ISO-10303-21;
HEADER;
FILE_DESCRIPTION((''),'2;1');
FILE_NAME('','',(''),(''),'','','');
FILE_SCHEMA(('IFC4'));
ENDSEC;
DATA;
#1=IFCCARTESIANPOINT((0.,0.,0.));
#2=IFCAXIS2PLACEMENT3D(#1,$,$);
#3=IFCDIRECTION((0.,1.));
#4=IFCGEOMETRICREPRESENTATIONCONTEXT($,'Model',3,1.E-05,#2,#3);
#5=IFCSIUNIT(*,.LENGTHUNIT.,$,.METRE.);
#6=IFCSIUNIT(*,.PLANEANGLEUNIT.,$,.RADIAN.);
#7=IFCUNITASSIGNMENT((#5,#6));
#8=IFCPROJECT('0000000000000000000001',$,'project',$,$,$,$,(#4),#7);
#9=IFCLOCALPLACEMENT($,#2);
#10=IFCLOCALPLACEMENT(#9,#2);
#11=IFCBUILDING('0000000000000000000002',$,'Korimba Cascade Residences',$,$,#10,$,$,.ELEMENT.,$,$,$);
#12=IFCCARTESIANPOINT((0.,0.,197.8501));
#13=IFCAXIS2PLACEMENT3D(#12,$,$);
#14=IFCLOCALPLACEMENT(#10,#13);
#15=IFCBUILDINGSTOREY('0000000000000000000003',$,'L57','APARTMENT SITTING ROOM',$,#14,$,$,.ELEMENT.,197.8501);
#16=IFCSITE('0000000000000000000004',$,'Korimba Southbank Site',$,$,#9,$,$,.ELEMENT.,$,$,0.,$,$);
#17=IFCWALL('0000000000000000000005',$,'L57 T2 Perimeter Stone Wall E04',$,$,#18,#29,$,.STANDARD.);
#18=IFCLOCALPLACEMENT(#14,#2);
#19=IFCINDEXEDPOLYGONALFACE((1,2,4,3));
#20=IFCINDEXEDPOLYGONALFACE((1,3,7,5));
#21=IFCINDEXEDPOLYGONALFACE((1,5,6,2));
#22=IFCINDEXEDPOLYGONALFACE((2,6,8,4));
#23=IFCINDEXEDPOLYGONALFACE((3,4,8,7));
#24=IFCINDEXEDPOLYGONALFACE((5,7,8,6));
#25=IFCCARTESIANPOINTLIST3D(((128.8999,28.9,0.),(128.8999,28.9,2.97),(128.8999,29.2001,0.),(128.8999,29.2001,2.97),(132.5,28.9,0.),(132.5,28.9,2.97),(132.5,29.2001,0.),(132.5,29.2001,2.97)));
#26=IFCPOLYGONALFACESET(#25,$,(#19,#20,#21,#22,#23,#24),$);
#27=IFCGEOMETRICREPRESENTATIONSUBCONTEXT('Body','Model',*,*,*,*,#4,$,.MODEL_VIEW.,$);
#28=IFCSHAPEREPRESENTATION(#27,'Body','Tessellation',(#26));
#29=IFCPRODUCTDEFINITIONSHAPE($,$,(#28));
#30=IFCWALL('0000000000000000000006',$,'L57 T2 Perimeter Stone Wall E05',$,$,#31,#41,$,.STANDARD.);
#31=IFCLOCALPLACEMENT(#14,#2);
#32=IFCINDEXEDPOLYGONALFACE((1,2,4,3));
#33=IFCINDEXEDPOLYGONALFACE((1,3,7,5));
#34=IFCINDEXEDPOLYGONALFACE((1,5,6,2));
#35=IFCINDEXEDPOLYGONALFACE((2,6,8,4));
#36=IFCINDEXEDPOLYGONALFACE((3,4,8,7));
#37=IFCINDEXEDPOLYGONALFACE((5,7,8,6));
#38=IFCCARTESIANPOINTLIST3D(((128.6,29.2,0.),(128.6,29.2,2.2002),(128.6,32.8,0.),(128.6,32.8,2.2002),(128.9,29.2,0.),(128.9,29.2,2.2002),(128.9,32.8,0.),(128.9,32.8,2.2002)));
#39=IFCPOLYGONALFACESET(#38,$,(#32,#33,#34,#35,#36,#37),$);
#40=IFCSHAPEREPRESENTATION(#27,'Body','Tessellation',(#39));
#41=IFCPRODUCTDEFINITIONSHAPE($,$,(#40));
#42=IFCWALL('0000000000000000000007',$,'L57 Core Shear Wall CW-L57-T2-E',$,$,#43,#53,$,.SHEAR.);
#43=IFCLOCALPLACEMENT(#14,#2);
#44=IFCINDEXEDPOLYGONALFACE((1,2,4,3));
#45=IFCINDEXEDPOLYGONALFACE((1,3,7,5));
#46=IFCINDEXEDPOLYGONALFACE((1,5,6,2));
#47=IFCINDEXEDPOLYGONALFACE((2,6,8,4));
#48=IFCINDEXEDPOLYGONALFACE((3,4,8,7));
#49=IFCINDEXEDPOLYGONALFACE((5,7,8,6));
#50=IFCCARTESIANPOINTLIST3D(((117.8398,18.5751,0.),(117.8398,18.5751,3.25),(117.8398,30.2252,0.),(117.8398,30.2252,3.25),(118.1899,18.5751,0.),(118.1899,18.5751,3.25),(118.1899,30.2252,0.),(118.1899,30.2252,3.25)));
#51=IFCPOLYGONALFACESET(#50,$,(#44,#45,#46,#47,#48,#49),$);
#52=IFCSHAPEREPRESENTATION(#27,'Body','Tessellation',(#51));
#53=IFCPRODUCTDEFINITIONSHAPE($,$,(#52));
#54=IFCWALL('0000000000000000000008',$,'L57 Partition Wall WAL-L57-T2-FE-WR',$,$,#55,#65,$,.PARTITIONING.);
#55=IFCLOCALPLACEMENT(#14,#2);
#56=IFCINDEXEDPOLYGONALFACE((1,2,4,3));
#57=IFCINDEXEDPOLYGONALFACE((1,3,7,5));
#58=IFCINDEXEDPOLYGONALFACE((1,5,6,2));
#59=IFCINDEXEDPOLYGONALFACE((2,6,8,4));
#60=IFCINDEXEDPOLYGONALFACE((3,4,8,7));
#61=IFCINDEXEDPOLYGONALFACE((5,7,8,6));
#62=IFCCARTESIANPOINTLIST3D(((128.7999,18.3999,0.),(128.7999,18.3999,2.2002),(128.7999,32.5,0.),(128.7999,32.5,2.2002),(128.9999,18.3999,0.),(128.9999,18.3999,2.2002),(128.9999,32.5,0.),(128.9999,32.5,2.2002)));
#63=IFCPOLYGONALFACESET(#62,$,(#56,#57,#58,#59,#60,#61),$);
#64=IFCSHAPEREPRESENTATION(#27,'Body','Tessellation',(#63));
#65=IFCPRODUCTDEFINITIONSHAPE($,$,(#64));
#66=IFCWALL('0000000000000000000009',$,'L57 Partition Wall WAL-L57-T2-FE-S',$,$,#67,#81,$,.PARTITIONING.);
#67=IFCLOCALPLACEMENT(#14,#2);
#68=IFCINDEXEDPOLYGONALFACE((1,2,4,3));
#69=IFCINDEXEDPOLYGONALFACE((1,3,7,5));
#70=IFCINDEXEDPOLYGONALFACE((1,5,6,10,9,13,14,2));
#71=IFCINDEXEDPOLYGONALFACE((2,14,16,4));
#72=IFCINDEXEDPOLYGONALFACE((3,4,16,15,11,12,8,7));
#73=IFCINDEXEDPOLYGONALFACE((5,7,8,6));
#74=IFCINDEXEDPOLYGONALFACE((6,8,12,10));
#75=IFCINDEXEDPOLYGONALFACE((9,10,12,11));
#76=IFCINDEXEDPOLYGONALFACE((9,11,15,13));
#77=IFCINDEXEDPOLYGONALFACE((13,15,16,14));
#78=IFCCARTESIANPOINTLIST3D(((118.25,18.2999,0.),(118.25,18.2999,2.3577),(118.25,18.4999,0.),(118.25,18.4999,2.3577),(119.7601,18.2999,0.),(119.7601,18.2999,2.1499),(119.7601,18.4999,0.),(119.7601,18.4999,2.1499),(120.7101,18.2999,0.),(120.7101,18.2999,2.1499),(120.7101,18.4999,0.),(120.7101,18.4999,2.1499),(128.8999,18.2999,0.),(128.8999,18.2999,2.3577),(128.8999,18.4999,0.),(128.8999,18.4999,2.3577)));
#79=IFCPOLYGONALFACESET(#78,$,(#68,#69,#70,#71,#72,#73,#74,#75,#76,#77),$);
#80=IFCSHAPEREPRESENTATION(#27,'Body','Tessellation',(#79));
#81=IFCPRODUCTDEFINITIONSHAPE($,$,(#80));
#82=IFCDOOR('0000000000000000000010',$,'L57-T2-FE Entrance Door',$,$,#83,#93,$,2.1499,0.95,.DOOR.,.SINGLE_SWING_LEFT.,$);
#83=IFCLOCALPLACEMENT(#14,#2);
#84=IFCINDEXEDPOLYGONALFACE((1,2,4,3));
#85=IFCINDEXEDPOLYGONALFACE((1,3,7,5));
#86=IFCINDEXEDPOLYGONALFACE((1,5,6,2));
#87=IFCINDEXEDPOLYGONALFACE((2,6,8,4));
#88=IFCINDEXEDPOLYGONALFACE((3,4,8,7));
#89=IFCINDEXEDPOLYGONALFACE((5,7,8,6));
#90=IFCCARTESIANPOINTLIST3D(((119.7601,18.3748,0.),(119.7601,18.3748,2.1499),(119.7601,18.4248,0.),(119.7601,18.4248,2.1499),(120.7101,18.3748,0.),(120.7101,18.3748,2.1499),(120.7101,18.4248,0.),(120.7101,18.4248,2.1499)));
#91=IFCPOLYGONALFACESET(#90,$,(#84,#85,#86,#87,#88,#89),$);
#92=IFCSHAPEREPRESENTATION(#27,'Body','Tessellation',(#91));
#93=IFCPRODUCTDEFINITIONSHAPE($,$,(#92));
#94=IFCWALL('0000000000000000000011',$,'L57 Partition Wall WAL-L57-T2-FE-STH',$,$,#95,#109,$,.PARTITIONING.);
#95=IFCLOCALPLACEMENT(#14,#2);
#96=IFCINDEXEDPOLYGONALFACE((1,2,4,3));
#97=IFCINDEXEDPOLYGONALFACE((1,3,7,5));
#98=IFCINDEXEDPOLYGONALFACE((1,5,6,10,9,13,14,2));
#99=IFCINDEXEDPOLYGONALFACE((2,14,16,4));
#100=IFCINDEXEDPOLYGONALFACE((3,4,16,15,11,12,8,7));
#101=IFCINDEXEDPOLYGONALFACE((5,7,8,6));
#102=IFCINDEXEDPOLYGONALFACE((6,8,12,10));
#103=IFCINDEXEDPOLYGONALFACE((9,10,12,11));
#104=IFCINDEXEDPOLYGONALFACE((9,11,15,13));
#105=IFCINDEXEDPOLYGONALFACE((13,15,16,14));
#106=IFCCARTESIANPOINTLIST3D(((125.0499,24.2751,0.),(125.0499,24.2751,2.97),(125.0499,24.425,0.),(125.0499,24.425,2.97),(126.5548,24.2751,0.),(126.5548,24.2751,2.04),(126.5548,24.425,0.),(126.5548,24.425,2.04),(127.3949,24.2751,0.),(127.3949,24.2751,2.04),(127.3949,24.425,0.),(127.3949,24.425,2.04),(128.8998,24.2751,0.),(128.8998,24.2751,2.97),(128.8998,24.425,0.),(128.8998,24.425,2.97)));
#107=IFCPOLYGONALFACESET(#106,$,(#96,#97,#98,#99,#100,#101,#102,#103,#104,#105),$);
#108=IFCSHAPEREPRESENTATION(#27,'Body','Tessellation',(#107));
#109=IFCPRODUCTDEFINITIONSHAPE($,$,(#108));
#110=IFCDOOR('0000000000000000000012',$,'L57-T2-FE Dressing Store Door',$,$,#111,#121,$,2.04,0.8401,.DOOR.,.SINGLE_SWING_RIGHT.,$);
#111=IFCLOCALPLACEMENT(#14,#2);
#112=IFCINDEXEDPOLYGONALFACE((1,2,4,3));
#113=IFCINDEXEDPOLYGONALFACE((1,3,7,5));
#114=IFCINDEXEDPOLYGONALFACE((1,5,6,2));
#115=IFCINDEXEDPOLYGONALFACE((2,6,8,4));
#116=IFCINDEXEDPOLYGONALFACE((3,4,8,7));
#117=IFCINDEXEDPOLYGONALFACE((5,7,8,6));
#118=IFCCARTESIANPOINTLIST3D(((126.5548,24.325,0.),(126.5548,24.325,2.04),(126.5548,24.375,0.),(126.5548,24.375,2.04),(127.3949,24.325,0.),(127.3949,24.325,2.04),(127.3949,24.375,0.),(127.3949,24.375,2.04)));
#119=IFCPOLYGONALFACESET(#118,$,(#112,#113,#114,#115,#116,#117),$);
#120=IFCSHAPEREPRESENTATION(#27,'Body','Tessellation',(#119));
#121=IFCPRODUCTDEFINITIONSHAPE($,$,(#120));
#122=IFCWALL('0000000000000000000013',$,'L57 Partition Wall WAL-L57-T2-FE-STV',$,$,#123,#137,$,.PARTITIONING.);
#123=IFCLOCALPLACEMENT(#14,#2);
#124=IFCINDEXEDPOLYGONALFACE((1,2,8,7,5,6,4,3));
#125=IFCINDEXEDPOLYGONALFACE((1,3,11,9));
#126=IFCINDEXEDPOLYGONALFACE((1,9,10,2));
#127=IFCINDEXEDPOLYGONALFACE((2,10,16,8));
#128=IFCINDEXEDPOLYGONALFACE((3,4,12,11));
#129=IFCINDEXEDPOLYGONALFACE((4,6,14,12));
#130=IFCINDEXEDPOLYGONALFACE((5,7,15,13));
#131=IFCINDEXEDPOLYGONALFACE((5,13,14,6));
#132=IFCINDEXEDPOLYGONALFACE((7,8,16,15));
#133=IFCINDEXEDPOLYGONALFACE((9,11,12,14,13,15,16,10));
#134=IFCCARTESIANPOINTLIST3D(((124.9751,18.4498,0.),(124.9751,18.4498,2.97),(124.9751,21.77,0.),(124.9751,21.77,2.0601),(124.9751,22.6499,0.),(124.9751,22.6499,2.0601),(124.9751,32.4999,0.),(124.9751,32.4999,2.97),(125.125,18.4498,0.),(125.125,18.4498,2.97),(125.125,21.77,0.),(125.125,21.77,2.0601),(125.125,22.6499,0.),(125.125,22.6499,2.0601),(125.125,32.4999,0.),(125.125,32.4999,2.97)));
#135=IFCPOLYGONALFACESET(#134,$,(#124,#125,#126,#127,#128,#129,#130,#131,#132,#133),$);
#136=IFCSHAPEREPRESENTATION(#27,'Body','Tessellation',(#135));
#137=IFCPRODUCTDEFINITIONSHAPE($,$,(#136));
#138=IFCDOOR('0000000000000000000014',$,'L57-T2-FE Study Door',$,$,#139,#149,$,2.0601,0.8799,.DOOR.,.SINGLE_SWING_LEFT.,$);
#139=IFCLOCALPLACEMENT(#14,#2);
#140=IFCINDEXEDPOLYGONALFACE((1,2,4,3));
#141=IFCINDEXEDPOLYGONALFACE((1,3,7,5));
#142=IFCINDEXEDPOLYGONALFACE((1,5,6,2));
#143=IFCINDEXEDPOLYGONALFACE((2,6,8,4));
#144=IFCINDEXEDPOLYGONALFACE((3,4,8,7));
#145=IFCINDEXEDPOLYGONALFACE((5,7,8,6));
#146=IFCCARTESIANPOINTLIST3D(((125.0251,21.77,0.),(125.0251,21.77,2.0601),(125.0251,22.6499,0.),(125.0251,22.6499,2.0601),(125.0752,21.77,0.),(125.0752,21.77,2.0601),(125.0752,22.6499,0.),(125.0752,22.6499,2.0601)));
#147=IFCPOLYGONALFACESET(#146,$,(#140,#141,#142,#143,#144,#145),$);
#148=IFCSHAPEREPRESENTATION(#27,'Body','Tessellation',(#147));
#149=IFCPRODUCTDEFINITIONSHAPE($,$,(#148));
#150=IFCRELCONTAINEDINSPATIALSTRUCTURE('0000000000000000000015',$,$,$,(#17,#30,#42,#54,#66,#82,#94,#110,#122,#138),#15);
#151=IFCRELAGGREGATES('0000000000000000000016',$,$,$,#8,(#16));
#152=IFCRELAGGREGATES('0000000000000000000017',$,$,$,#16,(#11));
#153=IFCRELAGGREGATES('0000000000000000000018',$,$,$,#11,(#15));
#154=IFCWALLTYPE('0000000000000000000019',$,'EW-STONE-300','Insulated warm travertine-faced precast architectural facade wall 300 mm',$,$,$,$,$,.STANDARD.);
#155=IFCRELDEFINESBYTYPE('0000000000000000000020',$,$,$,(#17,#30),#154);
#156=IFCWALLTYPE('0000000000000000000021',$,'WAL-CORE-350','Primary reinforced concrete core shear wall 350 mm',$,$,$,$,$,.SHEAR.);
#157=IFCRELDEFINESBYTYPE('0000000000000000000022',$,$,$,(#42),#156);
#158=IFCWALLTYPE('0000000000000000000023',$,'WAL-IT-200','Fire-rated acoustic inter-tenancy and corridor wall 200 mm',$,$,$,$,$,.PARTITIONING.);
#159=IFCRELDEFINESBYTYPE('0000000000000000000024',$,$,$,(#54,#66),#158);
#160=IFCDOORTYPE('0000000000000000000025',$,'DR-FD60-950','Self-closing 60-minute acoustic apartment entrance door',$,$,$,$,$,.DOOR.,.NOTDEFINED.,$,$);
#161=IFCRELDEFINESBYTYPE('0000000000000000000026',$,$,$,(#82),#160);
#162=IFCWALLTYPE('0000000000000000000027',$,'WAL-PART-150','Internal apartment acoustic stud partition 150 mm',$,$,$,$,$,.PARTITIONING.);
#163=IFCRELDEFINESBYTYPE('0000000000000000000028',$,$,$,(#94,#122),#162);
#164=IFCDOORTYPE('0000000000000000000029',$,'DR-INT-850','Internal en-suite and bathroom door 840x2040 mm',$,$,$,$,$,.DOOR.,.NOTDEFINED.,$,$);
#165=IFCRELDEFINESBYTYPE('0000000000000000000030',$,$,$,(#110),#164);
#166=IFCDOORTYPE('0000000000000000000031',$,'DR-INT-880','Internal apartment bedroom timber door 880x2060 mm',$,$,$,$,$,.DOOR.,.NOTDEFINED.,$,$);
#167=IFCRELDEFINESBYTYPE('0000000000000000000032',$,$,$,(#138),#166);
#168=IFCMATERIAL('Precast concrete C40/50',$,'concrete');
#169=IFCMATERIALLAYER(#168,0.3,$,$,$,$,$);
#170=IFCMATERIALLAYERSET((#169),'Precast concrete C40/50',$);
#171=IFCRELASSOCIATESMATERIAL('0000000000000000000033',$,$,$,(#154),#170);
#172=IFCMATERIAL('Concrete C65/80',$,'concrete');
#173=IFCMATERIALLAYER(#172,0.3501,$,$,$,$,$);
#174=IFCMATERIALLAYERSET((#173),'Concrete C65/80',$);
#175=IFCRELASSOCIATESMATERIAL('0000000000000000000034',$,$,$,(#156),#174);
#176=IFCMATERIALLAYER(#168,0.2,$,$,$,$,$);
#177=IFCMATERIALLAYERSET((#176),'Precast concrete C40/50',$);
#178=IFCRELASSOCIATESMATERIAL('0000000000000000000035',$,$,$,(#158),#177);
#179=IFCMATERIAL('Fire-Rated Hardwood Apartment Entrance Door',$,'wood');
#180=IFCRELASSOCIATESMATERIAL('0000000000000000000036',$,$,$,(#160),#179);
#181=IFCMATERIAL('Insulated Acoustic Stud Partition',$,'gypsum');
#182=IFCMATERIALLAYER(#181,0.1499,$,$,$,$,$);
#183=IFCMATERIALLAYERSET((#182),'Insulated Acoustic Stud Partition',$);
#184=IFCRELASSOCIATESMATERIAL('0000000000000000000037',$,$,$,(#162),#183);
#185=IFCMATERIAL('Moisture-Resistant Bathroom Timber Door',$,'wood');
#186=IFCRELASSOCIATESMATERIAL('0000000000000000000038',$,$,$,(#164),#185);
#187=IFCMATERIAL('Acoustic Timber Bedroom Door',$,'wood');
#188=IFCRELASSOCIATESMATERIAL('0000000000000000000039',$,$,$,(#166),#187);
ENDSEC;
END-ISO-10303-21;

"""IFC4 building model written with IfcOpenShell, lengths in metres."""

from ifc_helpers import new_model, si_unit, direction, frame, frame_2d, origin, place, context, subcontext, project, spatial, rectangle, extrude, material, layer, layer_set, type_object, element, fill, save


model = new_model("IFC4")

# Units and contexts
model_context = context("Model", 3, precision=1e-05, world=origin(), true_north=direction((0.0, 1.0)))
body_context = subcontext(model_context, "Body", "Model", "MODEL_VIEW")
ifc_project = project(units=[si_unit("LENGTHUNIT", "METRE"), si_unit("PLANEANGLEUNIT", "RADIAN")], contexts=[model_context])

# Site, building, storey
site_placement = place(None, origin())
site = spatial("IfcSite", under=ifc_project, at=site_placement, Name="Korimba Southbank Site", CompositionType="ELEMENT", RefElevation=0.0)
building_placement = place(site_placement, origin())
building = spatial("IfcBuilding", under=site, at=building_placement, Name="Korimba Cascade Residences", CompositionType="ELEMENT")
storey_placement = place(building_placement, frame((0.0, 0.0, 197.8501)))
storey = spatial("IfcBuildingStorey", under=building, at=storey_placement, Name="L57", Description="APARTMENT SITTING ROOM", CompositionType="ELEMENT", Elevation=197.8501)

# Walls
ifc_material_1 = material(Name="Precast concrete C40/50", Category="concrete")
ifc_layer_1 = layer(ifc_material_1, 0.3)
ifc_layer_set_1 = layer_set([ifc_layer_1], Name="Precast concrete C40/50")
wall_type_1 = type_object("IfcWallType", Name="EW-STONE-300", Description="Insulated warm travertine-faced precast architectural facade wall 300 mm", PredefinedType="STANDARD", material=ifc_layer_set_1)
wall_1_placement = place(storey_placement, frame((132.5, 29.05, 0.0), z_axis=(0.0, 0.0, 1.0), x_axis=(-1.0, 0.0, 0.0)))
element("IfcWall", 1, at=wall_1_placement, inside=storey, type_object=wall_type_1, Name="L57 T2 Perimeter Stone Wall E04", PredefinedType="STANDARD", context=body_context, shape_type="SweptSolid", body=[
    extrude(rectangle(XDim=3.6001, YDim=0.3, at=frame_2d((1.8, 0.0))), origin(), (0.0, 0.0, 1.0), 2.97),
])
wall_2_placement = place(storey_placement, frame((128.75, 29.2, 0.0), z_axis=(0.0, 0.0, 1.0), x_axis=(0.0, 1.0, 0.0)))
element("IfcWall", 2, at=wall_2_placement, inside=storey, type_object=wall_type_1, Name="L57 T2 Perimeter Stone Wall E05", PredefinedType="STANDARD", context=body_context, shape_type="SweptSolid", body=[
    extrude(rectangle(XDim=3.6001, YDim=0.3, at=frame_2d((1.8, 0.0))), origin(), (0.0, 0.0, 1.0), 2.2002),
])
ifc_material_2 = material(Name="Concrete C65/80", Category="concrete")
ifc_layer_2 = layer(ifc_material_2, 0.3501)
ifc_layer_set_2 = layer_set([ifc_layer_2], Name="Concrete C65/80")
wall_type_2 = type_object("IfcWallType", Name="WAL-CORE-350", Description="Primary reinforced concrete core shear wall 350 mm", PredefinedType="SHEAR", material=ifc_layer_set_2)
wall_3_placement = place(storey_placement, frame((118.0149, 18.575, 0.0), z_axis=(0.0, 0.0, 1.0), x_axis=(0.0, 1.0, 0.0)))
element("IfcWall", 3, at=wall_3_placement, inside=storey, type_object=wall_type_2, Name="L57 Core Shear Wall CW-L57-T2-E", PredefinedType="SHEAR", context=body_context, shape_type="SweptSolid", body=[
    extrude(rectangle(XDim=11.6501, YDim=0.3501, at=frame_2d((5.8252, 0.0))), origin(), (0.0, 0.0, 1.0), 3.25),
])
ifc_layer_3 = layer(ifc_material_1, 0.2)
ifc_layer_set_3 = layer_set([ifc_layer_3], Name="Precast concrete C40/50")
wall_type_3 = type_object("IfcWallType", Name="WAL-IT-200", Description="Fire-rated acoustic inter-tenancy and corridor wall 200 mm", PredefinedType="PARTITIONING", material=ifc_layer_set_3)
wall_4_placement = place(storey_placement, frame((128.8999, 18.3999, 0.0), z_axis=(0.0, 0.0, 1.0), x_axis=(0.0, 1.0, 0.0)))
element("IfcWall", 4, at=wall_4_placement, inside=storey, type_object=wall_type_3, Name="L57 Partition Wall WAL-L57-T2-FE-WR", PredefinedType="PARTITIONING", context=body_context, shape_type="SweptSolid", body=[
    extrude(rectangle(XDim=14.1001, YDim=0.2, at=frame_2d((7.05, 0.0))), origin(), (0.0, 0.0, 1.0), 2.2002),
])

# Walls, openings, doors
wall_5_placement = place(storey_placement, frame((118.25, 18.3999, 0.0), z_axis=(0.0, 0.0, 1.0), x_axis=(1.0, 0.0, 0.0)))
wall_5 = element("IfcWall", 5, at=wall_5_placement, inside=storey, type_object=wall_type_3, Name="L57 Partition Wall WAL-L57-T2-FE-S", PredefinedType="PARTITIONING", context=body_context, shape_type="SweptSolid", body=[
    extrude(rectangle(XDim=10.6499, YDim=0.2, at=frame_2d((5.325, 0.0))), origin(), (0.0, 0.0, 1.0), 2.3577),
])
opening_1_placement = place(wall_5_placement, frame((1.51, 0.0, 0.0)))
opening_1 = element("IfcOpeningElement", 6, at=opening_1_placement, cuts=wall_5, PredefinedType="OPENING", context=body_context, shape_type="SweptSolid", body=[
    extrude(rectangle(XDim=0.95, YDim=2.1499, at=frame_2d((0.4751, 1.075))), frame((0.0, 0.1099, 0.0), z_axis=(0.0, -1.0, 0.0), x_axis=(1.0, 0.0, 0.0)), (0.0, 0.0, 1.0), 0.22),
])
ifc_material_3 = material(Name="Fire-Rated Hardwood Apartment Entrance Door", Category="wood")
door_type_1 = type_object("IfcDoorType", Name="DR-FD60-950", Description="Self-closing 60-minute acoustic apartment entrance door", OperationType="NOTDEFINED", PredefinedType="DOOR", material=ifc_material_3)
door_1_placement = place(opening_1_placement, origin())
door_1 = element("IfcDoor", 7, at=door_1_placement, inside=storey, type_object=door_type_1, Name="L57-T2-FE Entrance Door", OperationType="SINGLE_SWING_LEFT", OverallHeight=2.1499, OverallWidth=0.95, PredefinedType="DOOR", context=body_context, shape_type="SweptSolid", body=[
    extrude(rectangle(XDim=0.95, YDim=2.1499, at=frame_2d((0.4751, 1.075))), frame((0.0, 0.0249, 0.0), z_axis=(0.0, -1.0, 0.0), x_axis=(1.0, 0.0, 0.0)), (0.0, 0.0, 1.0), 0.05),
])
fill(opening_1, door_1)
ifc_material_4 = material(Name="Insulated Acoustic Stud Partition", Category="gypsum")
ifc_layer_4 = layer(ifc_material_4, 0.1499)
ifc_layer_set_4 = layer_set([ifc_layer_4], Name="Insulated Acoustic Stud Partition")
wall_type_4 = type_object("IfcWallType", Name="WAL-PART-150", Description="Internal apartment acoustic stud partition 150 mm", PredefinedType="PARTITIONING", material=ifc_layer_set_4)
wall_6_placement = place(storey_placement, frame((125.05, 24.3501, 0.0), z_axis=(0.0, 0.0, 1.0), x_axis=(1.0, 0.0, 0.0)))
wall_6 = element("IfcWall", 8, at=wall_6_placement, inside=storey, type_object=wall_type_4, Name="L57 Partition Wall WAL-L57-T2-FE-STH", PredefinedType="PARTITIONING", context=body_context, shape_type="SweptSolid", body=[
    extrude(rectangle(XDim=3.8499, YDim=0.1499, at=frame_2d((1.9248, 0.0))), origin(), (0.0, 0.0, 1.0), 2.97),
])
opening_2_placement = place(wall_6_placement, frame((1.5049, 0.0, 0.0)))
opening_2 = element("IfcOpeningElement", 9, at=opening_2_placement, cuts=wall_6, PredefinedType="OPENING", context=body_context, shape_type="SweptSolid", body=[
    extrude(rectangle(XDim=0.8401, YDim=2.04, at=frame_2d((0.4199, 1.02))), frame((0.0, 0.085, 0.0), z_axis=(0.0, -1.0, 0.0), x_axis=(1.0, 0.0, 0.0)), (0.0, 0.0, 1.0), 0.1699),
])
ifc_material_5 = material(Name="Moisture-Resistant Bathroom Timber Door", Category="wood")
door_type_2 = type_object("IfcDoorType", Name="DR-INT-850", Description="Internal en-suite and bathroom door 840x2040 mm", OperationType="NOTDEFINED", PredefinedType="DOOR", material=ifc_material_5)
door_2_placement = place(opening_2_placement, origin())
door_2 = element("IfcDoor", 10, at=door_2_placement, inside=storey, type_object=door_type_2, Name="L57-T2-FE Dressing Store Door", OperationType="SINGLE_SWING_RIGHT", OverallHeight=2.04, OverallWidth=0.8401, PredefinedType="DOOR", context=body_context, shape_type="SweptSolid", body=[
    extrude(rectangle(XDim=0.8401, YDim=2.04, at=frame_2d((0.4199, 1.02))), frame((0.0, 0.0249, 0.0), z_axis=(0.0, -1.0, 0.0), x_axis=(1.0, 0.0, 0.0)), (0.0, 0.0, 1.0), 0.05),
])
fill(opening_2, door_2)
wall_7_placement = place(storey_placement, frame((125.05, 18.45, 0.0), z_axis=(0.0, 0.0, 1.0), x_axis=(0.0, 1.0, 0.0)))
wall_7 = element("IfcWall", 11, at=wall_7_placement, inside=storey, type_object=wall_type_4, Name="L57 Partition Wall WAL-L57-T2-FE-STV", PredefinedType="PARTITIONING", context=body_context, shape_type="SweptSolid", body=[
    extrude(rectangle(XDim=14.05, YDim=0.1499, at=frame_2d((7.0249, 0.0))), origin(), (0.0, 0.0, 1.0), 2.97),
])
opening_3_placement = place(wall_7_placement, frame((3.3201, 0.0, 0.0)))
opening_3 = element("IfcOpeningElement", 12, at=opening_3_placement, cuts=wall_7, PredefinedType="OPENING", context=body_context, shape_type="SweptSolid", body=[
    extrude(rectangle(XDim=0.8799, YDim=2.0601, at=frame_2d((0.4399, 1.03))), frame((0.0, 0.085, 0.0), z_axis=(0.0, -1.0, 0.0), x_axis=(1.0, 0.0, 0.0)), (0.0, 0.0, 1.0), 0.1699),
])
ifc_material_6 = material(Name="Acoustic Timber Bedroom Door", Category="wood")
door_type_3 = type_object("IfcDoorType", Name="DR-INT-880", Description="Internal apartment bedroom timber door 880x2060 mm", OperationType="NOTDEFINED", PredefinedType="DOOR", material=ifc_material_6)
door_3_placement = place(opening_3_placement, origin())
door_3 = element("IfcDoor", 13, at=door_3_placement, inside=storey, type_object=door_type_3, Name="L57-T2-FE Study Door", OperationType="SINGLE_SWING_LEFT", OverallHeight=2.0601, OverallWidth=0.8799, PredefinedType="DOOR", context=body_context, shape_type="SweptSolid", body=[
    extrude(rectangle(XDim=0.8799, YDim=2.0601, at=frame_2d((0.4399, 1.03))), frame((0.0, 0.0249, 0.0), z_axis=(0.0, -1.0, 0.0), x_axis=(1.0, 0.0, 0.0)), (0.0, 0.0, 1.0), 0.05),
])
fill(opening_3, door_3)

save(model, "model.ifc")
